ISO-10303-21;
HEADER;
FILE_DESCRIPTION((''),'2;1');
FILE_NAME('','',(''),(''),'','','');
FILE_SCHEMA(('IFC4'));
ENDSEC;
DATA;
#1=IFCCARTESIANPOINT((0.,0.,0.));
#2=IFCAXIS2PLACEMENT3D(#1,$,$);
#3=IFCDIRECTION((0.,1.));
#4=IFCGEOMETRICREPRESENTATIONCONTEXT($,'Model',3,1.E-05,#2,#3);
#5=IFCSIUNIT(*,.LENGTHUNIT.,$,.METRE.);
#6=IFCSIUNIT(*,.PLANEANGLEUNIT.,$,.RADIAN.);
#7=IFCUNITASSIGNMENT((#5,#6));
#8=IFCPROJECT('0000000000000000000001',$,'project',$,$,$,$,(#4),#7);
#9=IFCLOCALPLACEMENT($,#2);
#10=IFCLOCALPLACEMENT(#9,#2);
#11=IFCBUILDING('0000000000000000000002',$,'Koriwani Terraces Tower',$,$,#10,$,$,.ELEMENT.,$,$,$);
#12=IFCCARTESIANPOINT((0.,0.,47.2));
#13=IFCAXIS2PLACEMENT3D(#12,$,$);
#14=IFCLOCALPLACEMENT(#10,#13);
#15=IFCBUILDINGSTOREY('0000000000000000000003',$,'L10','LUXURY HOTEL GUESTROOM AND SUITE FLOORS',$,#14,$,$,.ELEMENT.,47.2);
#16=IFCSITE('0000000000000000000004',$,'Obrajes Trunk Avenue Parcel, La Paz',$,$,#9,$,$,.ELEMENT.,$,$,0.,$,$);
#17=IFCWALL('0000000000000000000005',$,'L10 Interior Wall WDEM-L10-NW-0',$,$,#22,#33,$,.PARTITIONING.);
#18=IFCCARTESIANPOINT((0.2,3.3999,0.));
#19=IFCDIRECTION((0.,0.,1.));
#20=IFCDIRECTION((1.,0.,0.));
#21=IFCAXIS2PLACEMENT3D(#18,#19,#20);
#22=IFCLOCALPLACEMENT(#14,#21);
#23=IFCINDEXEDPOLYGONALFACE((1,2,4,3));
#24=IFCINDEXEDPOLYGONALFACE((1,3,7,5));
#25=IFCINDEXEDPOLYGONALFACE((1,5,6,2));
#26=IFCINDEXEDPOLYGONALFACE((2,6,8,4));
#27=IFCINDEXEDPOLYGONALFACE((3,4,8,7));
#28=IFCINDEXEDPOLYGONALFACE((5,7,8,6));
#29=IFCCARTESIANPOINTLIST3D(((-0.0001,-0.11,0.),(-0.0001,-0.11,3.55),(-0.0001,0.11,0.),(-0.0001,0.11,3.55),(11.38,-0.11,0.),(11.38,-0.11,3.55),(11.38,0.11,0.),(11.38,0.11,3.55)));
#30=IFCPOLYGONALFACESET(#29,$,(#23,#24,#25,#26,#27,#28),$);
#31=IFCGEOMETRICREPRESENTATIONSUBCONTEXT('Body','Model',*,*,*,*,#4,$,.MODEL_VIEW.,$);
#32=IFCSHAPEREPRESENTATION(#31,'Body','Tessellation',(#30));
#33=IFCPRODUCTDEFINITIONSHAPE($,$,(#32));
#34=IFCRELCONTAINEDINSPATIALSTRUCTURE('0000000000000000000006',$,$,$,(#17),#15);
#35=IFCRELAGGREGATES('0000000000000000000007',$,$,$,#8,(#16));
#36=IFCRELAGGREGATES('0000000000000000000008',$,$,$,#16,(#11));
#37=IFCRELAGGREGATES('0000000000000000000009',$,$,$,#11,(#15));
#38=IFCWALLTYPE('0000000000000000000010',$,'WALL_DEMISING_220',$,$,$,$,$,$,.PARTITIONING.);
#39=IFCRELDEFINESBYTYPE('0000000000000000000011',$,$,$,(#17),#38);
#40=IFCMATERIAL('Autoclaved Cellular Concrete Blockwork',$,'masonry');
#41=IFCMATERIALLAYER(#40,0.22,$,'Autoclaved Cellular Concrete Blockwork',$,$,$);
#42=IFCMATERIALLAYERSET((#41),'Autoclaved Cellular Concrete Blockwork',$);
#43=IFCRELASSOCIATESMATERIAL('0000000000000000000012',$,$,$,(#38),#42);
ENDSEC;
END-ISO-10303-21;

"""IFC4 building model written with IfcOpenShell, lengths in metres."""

from ifc_helpers import new_model, si_unit, direction, frame, frame_2d, origin, place, context, subcontext, project, spatial, rectangle, extrude, material, layer, layer_set, type_object, element, save


model = new_model("IFC4")

# Units and contexts
model_context = context("Model", 3, precision=1e-05, world=origin(), true_north=direction((0.0, 1.0)))
body_context = subcontext(model_context, "Body", "Model", "MODEL_VIEW")
ifc_project = project(units=[si_unit("LENGTHUNIT", "METRE"), si_unit("PLANEANGLEUNIT", "RADIAN")], contexts=[model_context])

# Site, building, storey
site_placement = place(None, origin())
site = spatial("IfcSite", under=ifc_project, at=site_placement, Name="Obrajes Trunk Avenue Parcel, La Paz", CompositionType="ELEMENT", RefElevation=0.0)
building_placement = place(site_placement, origin())
building = spatial("IfcBuilding", under=site, at=building_placement, Name="Koriwani Terraces Tower", CompositionType="ELEMENT")
storey_placement = place(building_placement, frame((0.0, 0.0, 47.2)))
storey = spatial("IfcBuildingStorey", under=building, at=storey_placement, Name="L10", Description="LUXURY HOTEL GUESTROOM AND SUITE FLOORS", CompositionType="ELEMENT", Elevation=47.2)

# Wall
ifc_material_1 = material(Name="Autoclaved Cellular Concrete Blockwork", Category="masonry")
ifc_layer_1 = layer(ifc_material_1, 0.22, Name="Autoclaved Cellular Concrete Blockwork")
ifc_layer_set_1 = layer_set([ifc_layer_1], Name="Autoclaved Cellular Concrete Blockwork")
wall_type_1 = type_object("IfcWallType", Name="WALL_DEMISING_220", PredefinedType="PARTITIONING", material=ifc_layer_set_1)
wall_1_placement = place(storey_placement, frame((0.2, 3.3999, 0.0), z_axis=(0.0, 0.0, 1.0), x_axis=(1.0, 0.0, 0.0)))
element("IfcWall", 1, at=wall_1_placement, inside=storey, type_object=wall_type_1, Name="L10 Interior Wall WDEM-L10-NW-0", PredefinedType="PARTITIONING", context=body_context, shape_type="SweptSolid", body=[
    extrude(rectangle(XDim=11.3801, YDim=0.22, at=frame_2d((5.6899, 0.0))), origin(), (0.0, 0.0, 1.0), 3.55),
])

save(model, "model.ifc")
